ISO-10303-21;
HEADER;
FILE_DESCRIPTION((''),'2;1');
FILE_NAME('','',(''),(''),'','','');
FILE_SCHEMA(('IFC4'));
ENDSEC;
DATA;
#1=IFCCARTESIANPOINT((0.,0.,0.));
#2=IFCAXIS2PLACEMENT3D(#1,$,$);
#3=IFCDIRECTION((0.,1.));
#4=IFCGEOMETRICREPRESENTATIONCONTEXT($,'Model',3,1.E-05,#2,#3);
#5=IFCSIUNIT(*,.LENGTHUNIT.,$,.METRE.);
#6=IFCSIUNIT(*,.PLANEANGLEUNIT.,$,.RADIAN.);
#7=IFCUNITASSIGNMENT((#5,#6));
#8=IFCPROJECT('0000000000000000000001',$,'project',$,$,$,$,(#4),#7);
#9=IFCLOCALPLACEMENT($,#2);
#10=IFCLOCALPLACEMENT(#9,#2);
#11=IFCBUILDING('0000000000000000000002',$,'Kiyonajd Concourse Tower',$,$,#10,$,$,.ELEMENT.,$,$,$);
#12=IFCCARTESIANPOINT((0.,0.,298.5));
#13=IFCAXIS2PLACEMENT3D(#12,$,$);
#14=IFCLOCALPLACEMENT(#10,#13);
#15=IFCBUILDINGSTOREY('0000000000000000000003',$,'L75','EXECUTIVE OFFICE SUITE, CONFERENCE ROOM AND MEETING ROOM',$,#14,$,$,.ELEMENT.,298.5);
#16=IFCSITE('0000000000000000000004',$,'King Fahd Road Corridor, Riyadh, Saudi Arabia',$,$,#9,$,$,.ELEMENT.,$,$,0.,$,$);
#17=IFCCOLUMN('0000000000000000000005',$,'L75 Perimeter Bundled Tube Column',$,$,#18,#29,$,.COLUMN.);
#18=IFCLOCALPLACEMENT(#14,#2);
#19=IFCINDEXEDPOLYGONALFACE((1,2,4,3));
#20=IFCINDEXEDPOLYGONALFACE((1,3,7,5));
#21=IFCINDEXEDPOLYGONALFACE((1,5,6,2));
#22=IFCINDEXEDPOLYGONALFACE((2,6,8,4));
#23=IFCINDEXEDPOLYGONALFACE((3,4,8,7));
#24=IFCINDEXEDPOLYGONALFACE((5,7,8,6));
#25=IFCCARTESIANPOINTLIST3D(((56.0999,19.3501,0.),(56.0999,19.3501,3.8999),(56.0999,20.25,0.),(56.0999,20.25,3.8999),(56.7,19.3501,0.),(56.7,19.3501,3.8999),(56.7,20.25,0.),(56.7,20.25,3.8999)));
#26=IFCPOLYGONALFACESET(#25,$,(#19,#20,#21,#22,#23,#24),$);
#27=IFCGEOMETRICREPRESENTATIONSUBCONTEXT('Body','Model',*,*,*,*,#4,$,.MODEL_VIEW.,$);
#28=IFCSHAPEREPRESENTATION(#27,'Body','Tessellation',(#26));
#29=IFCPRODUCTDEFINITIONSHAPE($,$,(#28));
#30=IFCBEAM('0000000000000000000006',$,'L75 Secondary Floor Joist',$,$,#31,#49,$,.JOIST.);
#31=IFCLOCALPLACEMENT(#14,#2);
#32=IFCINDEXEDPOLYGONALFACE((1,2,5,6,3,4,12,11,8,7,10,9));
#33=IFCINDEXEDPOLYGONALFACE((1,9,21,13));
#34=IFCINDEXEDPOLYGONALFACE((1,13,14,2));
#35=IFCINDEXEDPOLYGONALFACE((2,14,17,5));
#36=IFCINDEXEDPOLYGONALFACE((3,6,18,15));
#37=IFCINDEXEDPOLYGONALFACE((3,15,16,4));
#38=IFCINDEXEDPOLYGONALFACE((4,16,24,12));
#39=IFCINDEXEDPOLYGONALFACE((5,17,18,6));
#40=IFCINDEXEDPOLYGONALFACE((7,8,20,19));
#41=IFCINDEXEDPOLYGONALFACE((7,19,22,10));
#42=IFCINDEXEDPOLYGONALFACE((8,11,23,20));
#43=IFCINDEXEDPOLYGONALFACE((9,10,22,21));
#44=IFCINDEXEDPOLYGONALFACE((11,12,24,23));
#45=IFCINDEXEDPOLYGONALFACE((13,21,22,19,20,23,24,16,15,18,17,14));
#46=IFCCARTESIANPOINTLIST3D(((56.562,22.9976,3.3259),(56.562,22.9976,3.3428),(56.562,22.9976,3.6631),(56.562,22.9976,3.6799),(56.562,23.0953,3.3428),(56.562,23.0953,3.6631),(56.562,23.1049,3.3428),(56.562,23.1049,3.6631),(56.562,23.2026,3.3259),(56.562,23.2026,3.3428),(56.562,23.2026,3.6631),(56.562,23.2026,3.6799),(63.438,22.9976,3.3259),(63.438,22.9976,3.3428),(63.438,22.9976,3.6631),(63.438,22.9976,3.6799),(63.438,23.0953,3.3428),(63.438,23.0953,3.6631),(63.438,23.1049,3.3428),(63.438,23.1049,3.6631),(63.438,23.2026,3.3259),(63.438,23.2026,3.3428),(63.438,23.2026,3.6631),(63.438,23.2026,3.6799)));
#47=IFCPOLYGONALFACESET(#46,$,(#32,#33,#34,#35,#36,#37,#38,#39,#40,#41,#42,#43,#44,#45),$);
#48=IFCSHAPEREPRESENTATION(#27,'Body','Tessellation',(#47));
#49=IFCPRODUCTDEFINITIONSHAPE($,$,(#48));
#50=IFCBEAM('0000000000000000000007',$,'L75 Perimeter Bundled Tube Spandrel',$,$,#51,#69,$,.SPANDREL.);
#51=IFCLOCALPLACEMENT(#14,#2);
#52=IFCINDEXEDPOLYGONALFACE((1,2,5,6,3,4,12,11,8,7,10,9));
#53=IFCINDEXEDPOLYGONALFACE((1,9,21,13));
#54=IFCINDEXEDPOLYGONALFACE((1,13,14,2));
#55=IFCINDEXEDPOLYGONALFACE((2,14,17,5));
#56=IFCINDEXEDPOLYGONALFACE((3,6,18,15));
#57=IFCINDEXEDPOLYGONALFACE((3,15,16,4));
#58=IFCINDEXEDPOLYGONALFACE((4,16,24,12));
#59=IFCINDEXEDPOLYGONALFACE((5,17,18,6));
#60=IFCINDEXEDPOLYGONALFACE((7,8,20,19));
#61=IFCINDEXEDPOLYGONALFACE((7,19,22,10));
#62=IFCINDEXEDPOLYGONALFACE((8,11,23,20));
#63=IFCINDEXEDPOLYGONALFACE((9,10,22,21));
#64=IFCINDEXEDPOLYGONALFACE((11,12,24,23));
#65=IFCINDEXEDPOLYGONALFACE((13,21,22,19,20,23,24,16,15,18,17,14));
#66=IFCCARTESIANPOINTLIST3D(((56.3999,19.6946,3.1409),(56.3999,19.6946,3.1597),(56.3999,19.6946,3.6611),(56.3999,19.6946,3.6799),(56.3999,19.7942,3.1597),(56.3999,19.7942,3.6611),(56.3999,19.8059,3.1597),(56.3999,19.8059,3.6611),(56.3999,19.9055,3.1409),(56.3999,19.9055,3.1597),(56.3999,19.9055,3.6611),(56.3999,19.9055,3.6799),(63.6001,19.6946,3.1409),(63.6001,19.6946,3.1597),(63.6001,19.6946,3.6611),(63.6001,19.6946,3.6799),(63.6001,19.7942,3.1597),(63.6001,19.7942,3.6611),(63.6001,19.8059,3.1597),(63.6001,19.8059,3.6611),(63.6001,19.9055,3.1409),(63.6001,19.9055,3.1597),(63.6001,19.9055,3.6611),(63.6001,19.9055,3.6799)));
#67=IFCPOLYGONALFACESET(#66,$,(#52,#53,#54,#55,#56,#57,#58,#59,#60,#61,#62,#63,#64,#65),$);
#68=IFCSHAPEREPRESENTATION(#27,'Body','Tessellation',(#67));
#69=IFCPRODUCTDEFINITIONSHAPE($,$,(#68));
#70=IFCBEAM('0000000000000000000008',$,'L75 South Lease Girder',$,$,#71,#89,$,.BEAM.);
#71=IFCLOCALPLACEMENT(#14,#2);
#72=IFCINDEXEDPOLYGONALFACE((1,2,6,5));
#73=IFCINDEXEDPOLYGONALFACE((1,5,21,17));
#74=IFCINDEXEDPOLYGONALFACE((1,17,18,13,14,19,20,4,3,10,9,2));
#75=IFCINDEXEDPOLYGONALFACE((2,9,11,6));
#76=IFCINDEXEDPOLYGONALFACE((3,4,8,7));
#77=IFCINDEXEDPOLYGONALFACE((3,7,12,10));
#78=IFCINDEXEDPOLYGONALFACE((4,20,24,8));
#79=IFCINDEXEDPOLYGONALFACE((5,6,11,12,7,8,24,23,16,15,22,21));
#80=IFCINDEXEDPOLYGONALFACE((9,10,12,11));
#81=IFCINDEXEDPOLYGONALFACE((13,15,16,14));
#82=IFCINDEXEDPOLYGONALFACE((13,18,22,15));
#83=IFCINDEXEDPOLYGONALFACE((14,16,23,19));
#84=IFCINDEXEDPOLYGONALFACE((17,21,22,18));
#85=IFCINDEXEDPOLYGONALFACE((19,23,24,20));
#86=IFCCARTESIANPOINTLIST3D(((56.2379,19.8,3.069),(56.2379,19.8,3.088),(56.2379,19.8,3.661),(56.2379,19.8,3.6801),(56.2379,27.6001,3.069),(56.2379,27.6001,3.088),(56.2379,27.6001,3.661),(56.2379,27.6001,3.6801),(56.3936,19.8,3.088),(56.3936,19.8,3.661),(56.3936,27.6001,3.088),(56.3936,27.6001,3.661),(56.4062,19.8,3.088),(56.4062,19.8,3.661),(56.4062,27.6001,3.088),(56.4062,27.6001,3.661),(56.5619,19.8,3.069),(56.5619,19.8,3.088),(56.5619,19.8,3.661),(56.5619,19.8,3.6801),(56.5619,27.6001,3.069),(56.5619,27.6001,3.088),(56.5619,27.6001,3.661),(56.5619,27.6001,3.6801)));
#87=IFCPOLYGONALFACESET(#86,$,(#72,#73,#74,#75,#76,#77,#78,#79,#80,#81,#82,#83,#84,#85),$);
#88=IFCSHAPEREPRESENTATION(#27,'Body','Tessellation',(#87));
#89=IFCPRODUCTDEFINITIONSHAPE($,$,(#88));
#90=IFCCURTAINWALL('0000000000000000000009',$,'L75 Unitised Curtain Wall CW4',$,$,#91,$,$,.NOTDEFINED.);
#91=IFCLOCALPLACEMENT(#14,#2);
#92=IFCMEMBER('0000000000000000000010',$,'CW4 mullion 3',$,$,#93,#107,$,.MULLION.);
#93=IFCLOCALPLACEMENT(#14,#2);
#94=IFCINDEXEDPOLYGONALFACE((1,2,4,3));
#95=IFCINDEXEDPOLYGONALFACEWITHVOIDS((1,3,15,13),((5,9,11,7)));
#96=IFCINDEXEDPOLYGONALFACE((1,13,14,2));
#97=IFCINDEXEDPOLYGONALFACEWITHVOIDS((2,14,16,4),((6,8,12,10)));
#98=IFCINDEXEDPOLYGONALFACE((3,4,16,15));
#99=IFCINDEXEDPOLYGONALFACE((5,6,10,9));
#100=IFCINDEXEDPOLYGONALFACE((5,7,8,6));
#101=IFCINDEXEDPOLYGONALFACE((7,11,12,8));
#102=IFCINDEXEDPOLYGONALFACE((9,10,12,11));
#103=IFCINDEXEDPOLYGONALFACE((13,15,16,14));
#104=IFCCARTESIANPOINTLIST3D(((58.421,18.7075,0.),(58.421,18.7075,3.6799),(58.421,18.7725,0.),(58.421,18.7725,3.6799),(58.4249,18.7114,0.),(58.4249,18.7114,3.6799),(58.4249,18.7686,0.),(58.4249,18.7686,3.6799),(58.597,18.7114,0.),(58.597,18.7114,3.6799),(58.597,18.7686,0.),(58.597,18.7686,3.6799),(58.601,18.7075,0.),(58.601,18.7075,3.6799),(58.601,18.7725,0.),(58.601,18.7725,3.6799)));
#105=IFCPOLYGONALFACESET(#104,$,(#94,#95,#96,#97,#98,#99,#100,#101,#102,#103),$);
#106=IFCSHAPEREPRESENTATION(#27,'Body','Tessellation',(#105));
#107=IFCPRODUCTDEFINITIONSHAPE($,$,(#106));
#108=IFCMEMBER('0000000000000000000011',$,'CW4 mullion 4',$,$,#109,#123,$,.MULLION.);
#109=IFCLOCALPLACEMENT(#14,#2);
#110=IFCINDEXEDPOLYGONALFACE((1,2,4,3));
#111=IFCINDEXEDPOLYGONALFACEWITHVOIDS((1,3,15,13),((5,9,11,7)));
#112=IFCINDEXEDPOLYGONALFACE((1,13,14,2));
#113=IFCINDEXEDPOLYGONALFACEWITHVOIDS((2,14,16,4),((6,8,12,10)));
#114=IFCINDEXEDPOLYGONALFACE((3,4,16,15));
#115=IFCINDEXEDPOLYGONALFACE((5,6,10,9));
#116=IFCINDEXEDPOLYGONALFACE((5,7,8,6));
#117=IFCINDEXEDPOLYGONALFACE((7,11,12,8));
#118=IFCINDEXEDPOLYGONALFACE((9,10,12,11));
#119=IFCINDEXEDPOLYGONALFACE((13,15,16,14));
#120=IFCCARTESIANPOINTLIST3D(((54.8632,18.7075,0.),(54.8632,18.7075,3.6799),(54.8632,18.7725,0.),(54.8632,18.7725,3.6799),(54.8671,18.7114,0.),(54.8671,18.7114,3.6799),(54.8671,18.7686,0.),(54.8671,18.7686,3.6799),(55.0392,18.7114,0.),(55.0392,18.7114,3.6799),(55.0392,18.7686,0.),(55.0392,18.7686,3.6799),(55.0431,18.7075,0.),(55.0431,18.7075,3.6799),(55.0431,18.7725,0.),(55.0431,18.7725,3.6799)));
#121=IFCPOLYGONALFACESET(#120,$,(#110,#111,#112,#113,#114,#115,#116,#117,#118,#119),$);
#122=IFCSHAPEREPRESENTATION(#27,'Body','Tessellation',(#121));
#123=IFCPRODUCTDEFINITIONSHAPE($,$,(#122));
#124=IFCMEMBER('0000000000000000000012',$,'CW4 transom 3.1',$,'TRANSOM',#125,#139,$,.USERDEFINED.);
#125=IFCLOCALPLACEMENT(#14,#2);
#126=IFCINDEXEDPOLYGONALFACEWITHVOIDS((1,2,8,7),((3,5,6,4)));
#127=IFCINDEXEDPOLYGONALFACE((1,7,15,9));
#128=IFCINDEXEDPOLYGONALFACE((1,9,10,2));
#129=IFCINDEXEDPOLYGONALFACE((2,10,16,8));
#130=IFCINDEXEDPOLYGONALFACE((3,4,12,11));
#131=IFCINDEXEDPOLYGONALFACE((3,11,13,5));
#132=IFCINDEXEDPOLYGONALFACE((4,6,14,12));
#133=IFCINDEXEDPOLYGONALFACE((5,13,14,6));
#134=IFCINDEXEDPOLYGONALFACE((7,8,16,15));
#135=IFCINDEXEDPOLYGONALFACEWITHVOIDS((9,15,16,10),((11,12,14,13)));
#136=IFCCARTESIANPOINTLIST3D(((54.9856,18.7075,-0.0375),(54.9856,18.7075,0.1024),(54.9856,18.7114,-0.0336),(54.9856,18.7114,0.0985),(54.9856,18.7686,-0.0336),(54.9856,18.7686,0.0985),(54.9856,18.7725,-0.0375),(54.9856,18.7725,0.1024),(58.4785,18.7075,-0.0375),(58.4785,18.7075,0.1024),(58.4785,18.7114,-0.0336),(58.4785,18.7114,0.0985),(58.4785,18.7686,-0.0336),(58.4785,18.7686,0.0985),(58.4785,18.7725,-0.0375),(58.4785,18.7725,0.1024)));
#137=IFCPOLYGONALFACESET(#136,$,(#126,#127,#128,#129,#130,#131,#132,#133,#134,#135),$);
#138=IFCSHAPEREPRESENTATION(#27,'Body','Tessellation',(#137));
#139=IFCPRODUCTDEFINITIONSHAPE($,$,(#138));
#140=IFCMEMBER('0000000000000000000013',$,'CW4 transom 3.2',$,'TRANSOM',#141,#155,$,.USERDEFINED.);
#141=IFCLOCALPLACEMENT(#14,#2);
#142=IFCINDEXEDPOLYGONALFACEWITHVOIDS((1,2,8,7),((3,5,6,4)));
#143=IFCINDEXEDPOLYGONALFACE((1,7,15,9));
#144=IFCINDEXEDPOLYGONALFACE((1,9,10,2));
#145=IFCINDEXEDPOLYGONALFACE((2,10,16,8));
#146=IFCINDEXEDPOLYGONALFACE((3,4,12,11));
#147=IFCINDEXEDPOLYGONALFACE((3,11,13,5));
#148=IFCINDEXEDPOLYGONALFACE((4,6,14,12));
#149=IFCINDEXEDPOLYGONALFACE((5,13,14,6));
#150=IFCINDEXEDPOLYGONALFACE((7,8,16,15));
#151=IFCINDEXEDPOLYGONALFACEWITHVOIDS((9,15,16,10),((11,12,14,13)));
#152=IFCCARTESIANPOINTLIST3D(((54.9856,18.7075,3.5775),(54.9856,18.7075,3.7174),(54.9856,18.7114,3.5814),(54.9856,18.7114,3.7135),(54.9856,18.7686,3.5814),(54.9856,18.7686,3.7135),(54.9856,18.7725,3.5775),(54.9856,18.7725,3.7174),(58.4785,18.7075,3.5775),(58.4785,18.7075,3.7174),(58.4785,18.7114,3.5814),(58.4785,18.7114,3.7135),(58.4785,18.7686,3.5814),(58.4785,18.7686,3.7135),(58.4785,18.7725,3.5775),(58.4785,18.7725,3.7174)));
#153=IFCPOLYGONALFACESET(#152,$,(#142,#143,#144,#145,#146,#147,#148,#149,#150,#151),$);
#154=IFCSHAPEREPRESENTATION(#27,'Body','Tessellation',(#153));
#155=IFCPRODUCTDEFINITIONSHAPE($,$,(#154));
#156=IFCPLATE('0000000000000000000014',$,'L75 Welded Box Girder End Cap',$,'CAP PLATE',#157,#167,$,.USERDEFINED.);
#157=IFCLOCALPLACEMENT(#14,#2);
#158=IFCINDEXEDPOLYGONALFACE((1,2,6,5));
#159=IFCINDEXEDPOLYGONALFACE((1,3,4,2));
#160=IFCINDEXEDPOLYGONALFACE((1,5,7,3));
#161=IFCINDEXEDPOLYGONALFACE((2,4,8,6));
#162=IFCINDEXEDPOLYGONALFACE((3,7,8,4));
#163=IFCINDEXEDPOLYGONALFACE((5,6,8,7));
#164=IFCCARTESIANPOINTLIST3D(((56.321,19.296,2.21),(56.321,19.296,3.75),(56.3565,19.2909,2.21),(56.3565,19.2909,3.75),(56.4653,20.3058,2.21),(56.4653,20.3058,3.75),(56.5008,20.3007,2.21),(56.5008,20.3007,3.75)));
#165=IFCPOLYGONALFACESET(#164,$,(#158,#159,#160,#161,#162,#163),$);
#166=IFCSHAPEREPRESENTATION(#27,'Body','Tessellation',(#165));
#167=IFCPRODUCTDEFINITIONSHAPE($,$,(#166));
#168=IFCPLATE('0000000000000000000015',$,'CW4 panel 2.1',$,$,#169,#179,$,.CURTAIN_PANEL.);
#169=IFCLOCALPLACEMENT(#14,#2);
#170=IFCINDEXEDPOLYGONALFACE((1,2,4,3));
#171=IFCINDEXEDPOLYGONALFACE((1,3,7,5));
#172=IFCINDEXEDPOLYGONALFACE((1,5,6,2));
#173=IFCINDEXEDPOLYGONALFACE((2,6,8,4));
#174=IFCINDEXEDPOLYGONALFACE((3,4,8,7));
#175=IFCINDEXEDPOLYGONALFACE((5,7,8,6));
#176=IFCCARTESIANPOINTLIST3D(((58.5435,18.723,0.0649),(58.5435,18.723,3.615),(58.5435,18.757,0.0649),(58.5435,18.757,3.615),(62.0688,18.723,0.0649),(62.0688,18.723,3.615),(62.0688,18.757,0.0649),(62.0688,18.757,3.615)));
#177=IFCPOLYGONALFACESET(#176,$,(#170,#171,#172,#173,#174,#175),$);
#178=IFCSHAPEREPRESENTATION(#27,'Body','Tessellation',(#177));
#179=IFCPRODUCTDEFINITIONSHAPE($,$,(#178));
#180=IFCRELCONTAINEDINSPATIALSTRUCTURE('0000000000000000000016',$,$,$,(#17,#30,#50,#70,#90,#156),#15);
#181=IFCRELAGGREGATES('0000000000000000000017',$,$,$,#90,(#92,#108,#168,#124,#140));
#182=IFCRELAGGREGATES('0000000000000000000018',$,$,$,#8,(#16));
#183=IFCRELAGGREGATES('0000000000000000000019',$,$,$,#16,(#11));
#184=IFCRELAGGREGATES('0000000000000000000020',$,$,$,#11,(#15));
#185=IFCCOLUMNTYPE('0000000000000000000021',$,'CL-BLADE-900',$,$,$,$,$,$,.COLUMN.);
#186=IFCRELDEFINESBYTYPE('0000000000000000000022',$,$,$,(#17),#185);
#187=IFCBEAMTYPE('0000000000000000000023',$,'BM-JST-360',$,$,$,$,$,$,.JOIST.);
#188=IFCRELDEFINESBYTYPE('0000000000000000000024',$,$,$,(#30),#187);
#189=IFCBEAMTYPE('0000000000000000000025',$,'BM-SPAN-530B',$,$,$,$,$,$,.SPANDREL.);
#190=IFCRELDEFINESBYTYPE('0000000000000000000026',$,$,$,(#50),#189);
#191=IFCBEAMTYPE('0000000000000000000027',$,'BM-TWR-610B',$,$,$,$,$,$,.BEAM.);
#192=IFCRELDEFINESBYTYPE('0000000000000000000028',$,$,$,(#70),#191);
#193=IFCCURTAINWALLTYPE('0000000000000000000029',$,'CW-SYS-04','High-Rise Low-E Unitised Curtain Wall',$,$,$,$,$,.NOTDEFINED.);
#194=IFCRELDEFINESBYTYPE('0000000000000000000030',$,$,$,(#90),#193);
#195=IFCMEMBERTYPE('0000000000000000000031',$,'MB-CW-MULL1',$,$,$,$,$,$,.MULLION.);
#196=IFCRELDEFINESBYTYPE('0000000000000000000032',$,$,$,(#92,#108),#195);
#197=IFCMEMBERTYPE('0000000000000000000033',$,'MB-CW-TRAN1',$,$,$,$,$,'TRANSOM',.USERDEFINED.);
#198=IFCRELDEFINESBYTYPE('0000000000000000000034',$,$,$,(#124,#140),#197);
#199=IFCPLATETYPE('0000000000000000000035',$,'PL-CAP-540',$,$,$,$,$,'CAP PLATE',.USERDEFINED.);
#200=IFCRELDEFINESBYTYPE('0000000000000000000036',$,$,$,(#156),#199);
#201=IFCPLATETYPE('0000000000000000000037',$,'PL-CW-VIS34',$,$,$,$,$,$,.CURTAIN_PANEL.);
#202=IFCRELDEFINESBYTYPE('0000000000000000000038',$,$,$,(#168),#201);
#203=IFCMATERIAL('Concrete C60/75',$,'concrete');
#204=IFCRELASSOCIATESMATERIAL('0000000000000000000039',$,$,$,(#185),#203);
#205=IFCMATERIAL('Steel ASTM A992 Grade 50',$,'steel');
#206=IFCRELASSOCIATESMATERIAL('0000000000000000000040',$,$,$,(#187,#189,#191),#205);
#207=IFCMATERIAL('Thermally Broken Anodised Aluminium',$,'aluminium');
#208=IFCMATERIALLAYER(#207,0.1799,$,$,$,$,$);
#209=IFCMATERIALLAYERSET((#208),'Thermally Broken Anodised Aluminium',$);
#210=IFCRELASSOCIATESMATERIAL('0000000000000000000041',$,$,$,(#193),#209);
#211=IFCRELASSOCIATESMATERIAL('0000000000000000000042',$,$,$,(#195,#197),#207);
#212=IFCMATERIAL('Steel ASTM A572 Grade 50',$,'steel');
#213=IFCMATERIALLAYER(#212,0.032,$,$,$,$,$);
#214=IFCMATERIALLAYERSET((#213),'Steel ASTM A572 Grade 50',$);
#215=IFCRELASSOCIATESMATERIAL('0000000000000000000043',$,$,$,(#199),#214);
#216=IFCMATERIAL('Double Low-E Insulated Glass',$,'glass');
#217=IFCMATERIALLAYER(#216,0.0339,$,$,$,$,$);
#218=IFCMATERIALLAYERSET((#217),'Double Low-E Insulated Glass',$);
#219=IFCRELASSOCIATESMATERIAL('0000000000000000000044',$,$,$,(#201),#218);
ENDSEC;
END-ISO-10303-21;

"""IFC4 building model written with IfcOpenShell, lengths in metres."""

from ifc_helpers import new_model, si_unit, direction, frame, origin, origin_2d, place, context, subcontext, project, spatial, rectangle, hollow_rectangle, i_section, extrude, material, layer, layer_set, material_profile, profile_set, type_object, element, aggregate, save


model = new_model("IFC4")

# Units and contexts
model_context = context("Model", 3, precision=1e-05, world=origin(), true_north=direction((0.0, 1.0)))
body_context = subcontext(model_context, "Body", "Model", "MODEL_VIEW")
ifc_project = project(units=[si_unit("LENGTHUNIT", "METRE"), si_unit("PLANEANGLEUNIT", "RADIAN")], contexts=[model_context])

# Site, building, storey
site_placement = place(None, origin())
site = spatial("IfcSite", under=ifc_project, at=site_placement, Name="King Fahd Road Corridor, Riyadh, Saudi Arabia", CompositionType="ELEMENT", RefElevation=0.0)
building_placement = place(site_placement, origin())
building = spatial("IfcBuilding", under=site, at=building_placement, Name="Kiyonajd Concourse Tower", CompositionType="ELEMENT")
storey_placement = place(building_placement, frame((0.0, 0.0, 298.5)))
storey = spatial("IfcBuildingStorey", under=building, at=storey_placement, Name="L75", Description="EXECUTIVE OFFICE SUITE, CONFERENCE ROOM AND MEETING ROOM", CompositionType="ELEMENT", Elevation=298.5)

# Column
ifc_material_1 = material(Name="Concrete C60/75", Category="concrete")
ifc_material_profile_1 = material_profile(ifc_material_1, rectangle(XDim=0.6001, YDim=0.8999, at=origin_2d()), Name="RC-900x600")
ifc_profile_set_1 = profile_set([ifc_material_profile_1], Name="Concrete C60/75")
column_type = type_object("IfcColumnType", Name="CL-BLADE-900", PredefinedType="COLUMN", material=ifc_profile_set_1)
column_placement = place(storey_placement, frame((56.3999, 19.8, 0.0), z_axis=(0.0, 0.0, 1.0), x_axis=(1.0, 0.0, 0.0)))
element("IfcColumn", 1, at=column_placement, inside=storey, type_object=column_type, Name="L75 Perimeter Bundled Tube Column", PredefinedType="COLUMN", context=body_context, shape_type="SweptSolid", body=[
    extrude(rectangle(XDim=0.6001, YDim=0.8999, at=origin_2d()), origin(), (0.0, 0.0, 1.0), 3.8999),
])

# Beams
ifc_material_2 = material(Name="Steel ASTM A992 Grade 50", Category="steel")
ifc_material_profile_2 = material_profile(ifc_material_2, i_section(OverallWidth=0.2051, OverallDepth=0.354, WebThickness=0.0095, FlangeThickness=0.0168, at=origin_2d()), Name="W360X79")
ifc_profile_set_2 = profile_set([ifc_material_profile_2], Name="Steel ASTM A992 Grade 50")
beam_type_1 = type_object("IfcBeamType", Name="BM-JST-360", PredefinedType="JOIST", material=ifc_profile_set_2)
beam_1_placement = place(storey_placement, frame((56.562, 23.1001, 3.5029), z_axis=(1.0, 0.0, 0.0), x_axis=(0.0, 1.0, 0.0)))
element("IfcBeam", 2, at=beam_1_placement, inside=storey, type_object=beam_type_1, Name="L75 Secondary Floor Joist", PredefinedType="JOIST", context=body_context, shape_type="SweptSolid", body=[
    extrude(i_section(OverallWidth=0.2051, OverallDepth=0.354, WebThickness=0.0095, FlangeThickness=0.0168, at=origin_2d()), origin(), (0.0, 0.0, 1.0), 6.876),
])
ifc_material_profile_3 = material_profile(ifc_material_2, i_section(OverallWidth=0.2109, OverallDepth=0.5391, WebThickness=0.0117, FlangeThickness=0.0188, at=origin_2d()), Name="W530X109")
ifc_profile_set_3 = profile_set([ifc_material_profile_3], Name="Steel ASTM A992 Grade 50")
beam_type_2 = type_object("IfcBeamType", Name="BM-SPAN-530B", PredefinedType="SPANDREL", material=ifc_profile_set_3)
beam_2_placement = place(storey_placement, frame((56.3999, 19.8, 3.4104), z_axis=(1.0, 0.0, 0.0), x_axis=(0.0, 1.0, 0.0)))
element("IfcBeam", 3, at=beam_2_placement, inside=storey, type_object=beam_type_2, Name="L75 Perimeter Bundled Tube Spandrel", PredefinedType="SPANDREL", context=body_context, shape_type="SweptSolid", body=[
    extrude(i_section(OverallWidth=0.2109, OverallDepth=0.5391, WebThickness=0.0117, FlangeThickness=0.0188, at=origin_2d()), origin(), (0.0, 0.0, 1.0), 7.2002),
])
ifc_material_profile_4 = material_profile(ifc_material_2, i_section(OverallWidth=0.324, OverallDepth=0.6111, WebThickness=0.0127, FlangeThickness=0.019, at=origin_2d()), Name="W610X155")
ifc_profile_set_4 = profile_set([ifc_material_profile_4], Name="Steel ASTM A992 Grade 50")
beam_type_3 = type_object("IfcBeamType", Name="BM-TWR-610B", PredefinedType="BEAM", material=ifc_profile_set_4)
beam_3_placement = place(storey_placement, frame((56.3999, 19.8, 3.3745), z_axis=(0.0, 1.0, 0.0), x_axis=(-1.0, 0.0, 0.0)))
element("IfcBeam", 4, at=beam_3_placement, inside=storey, type_object=beam_type_3, Name="L75 South Lease Girder", PredefinedType="BEAM", context=body_context, shape_type="SweptSolid", body=[
    extrude(i_section(OverallWidth=0.324, OverallDepth=0.6111, WebThickness=0.0127, FlangeThickness=0.019, at=origin_2d()), origin(), (0.0, 0.0, 1.0), 7.8),
])

# Curtain wall, members
ifc_material_3 = material(Name="Thermally Broken Anodised Aluminium", Category="aluminium")
ifc_layer_1 = layer(ifc_material_3, 0.1799)
ifc_layer_set_1 = layer_set([ifc_layer_1], Name="Thermally Broken Anodised Aluminium")
curtain_wall_type = type_object("IfcCurtainWallType", Name="CW-SYS-04", Description="High-Rise Low-E Unitised Curtain Wall", PredefinedType="NOTDEFINED", material=ifc_layer_set_1)
curtain_wall_placement = place(storey_placement, origin())
curtain_wall = element("IfcCurtainWall", 5, at=curtain_wall_placement, inside=storey, type_object=curtain_wall_type, Name="L75 Unitised Curtain Wall CW4", PredefinedType="NOTDEFINED")
ifc_material_profile_5 = material_profile(ifc_material_3, hollow_rectangle(XDim=0.0649, YDim=0.1799, WallThickness=0.0039, at=origin_2d()), Name="MULL-65x180")
ifc_profile_set_5 = profile_set([ifc_material_profile_5], Name="Thermally Broken Anodised Aluminium")
member_type_1 = type_object("IfcMemberType", Name="MB-CW-MULL1", PredefinedType="MULLION", material=ifc_profile_set_5)
member_1_placement = place(storey_placement, frame((58.511, 18.74, 0.0), z_axis=(0.0, 0.0, 1.0), x_axis=(0.0, -1.0, 0.0)))
member_1 = element("IfcMember", 6, at=member_1_placement, type_object=member_type_1, Name="CW4 mullion 3", PredefinedType="MULLION", context=body_context, shape_type="SweptSolid", body=[
    extrude(hollow_rectangle(XDim=0.0649, YDim=0.1799, WallThickness=0.0039, at=origin_2d()), origin(), (0.0, 0.0, 1.0), 3.6799),
])
member_2_placement = place(storey_placement, frame((54.9531, 18.74, 0.0), z_axis=(0.0, 0.0, 1.0), x_axis=(0.0, -1.0, 0.0)))
member_2 = element("IfcMember", 7, at=member_2_placement, type_object=member_type_1, Name="CW4 mullion 4", PredefinedType="MULLION", context=body_context, shape_type="SweptSolid", body=[
    extrude(hollow_rectangle(XDim=0.0649, YDim=0.1799, WallThickness=0.0039, at=origin_2d()), origin(), (0.0, 0.0, 1.0), 3.6799),
])
ifc_material_profile_6 = material_profile(ifc_material_3, hollow_rectangle(XDim=0.0649, YDim=0.1399, WallThickness=0.0039, at=origin_2d()), Name="TRAN-65x140")
ifc_profile_set_6 = profile_set([ifc_material_profile_6], Name="Thermally Broken Anodised Aluminium")
member_type_2 = type_object("IfcMemberType", Name="MB-CW-TRAN1", ElementType="TRANSOM", PredefinedType="USERDEFINED", material=ifc_profile_set_6)
member_3_placement = place(storey_placement, frame((58.4785, 18.74, 0.0325), z_axis=(-1.0, 0.0, 0.0), x_axis=(0.0, -1.0, 0.0)))
member_3 = element("IfcMember", 8, at=member_3_placement, type_object=member_type_2, Name="CW4 transom 3.1", ObjectType="TRANSOM", PredefinedType="USERDEFINED", context=body_context, shape_type="SweptSolid", body=[
    extrude(hollow_rectangle(XDim=0.0649, YDim=0.1399, WallThickness=0.0039, at=origin_2d()), origin(), (0.0, 0.0, 1.0), 3.4929),
])
member_4_placement = place(storey_placement, frame((58.4785, 18.74, 3.6475), z_axis=(-1.0, 0.0, 0.0), x_axis=(0.0, -1.0, 0.0)))
member_4 = element("IfcMember", 9, at=member_4_placement, type_object=member_type_2, Name="CW4 transom 3.2", ObjectType="TRANSOM", PredefinedType="USERDEFINED", context=body_context, shape_type="SweptSolid", body=[
    extrude(hollow_rectangle(XDim=0.0649, YDim=0.1399, WallThickness=0.0039, at=origin_2d()), origin(), (0.0, 0.0, 1.0), 3.4929),
])

# Plates
ifc_material_4 = material(Name="Steel ASTM A572 Grade 50", Category="steel")
ifc_layer_2 = layer(ifc_material_4, 0.032)
ifc_layer_set_2 = layer_set([ifc_layer_2], Name="Steel ASTM A572 Grade 50")
plate_type_1 = type_object("IfcPlateType", Name="PL-CAP-540", ElementType="CAP PLATE", PredefinedType="USERDEFINED", material=ifc_layer_set_2)
plate_1_placement = place(storey_placement, frame((56.4109, 19.7983, 2.21), z_axis=(0.0, 0.0, 1.0), x_axis=(0.98995, -0.14142, 0.0)))
element("IfcPlate", 10, at=plate_1_placement, inside=storey, type_object=plate_type_1, Name="L75 Welded Box Girder End Cap", ObjectType="CAP PLATE", PredefinedType="USERDEFINED", context=body_context, shape_type="SweptSolid", body=[
    extrude(rectangle(XDim=0.0359, YDim=1.02, at=origin_2d()), origin(), (0.0, 0.0, 1.0), 1.54),
])
ifc_material_5 = material(Name="Double Low-E Insulated Glass", Category="glass")
ifc_layer_3 = layer(ifc_material_5, 0.0339)
ifc_layer_set_3 = layer_set([ifc_layer_3], Name="Double Low-E Insulated Glass")
plate_type_2 = type_object("IfcPlateType", Name="PL-CW-VIS34", PredefinedType="CURTAIN_PANEL", material=ifc_layer_set_3)
plate_2_placement = place(storey_placement, frame((60.3062, 18.74, 0.0649), z_axis=(0.0, 0.0, 1.0), x_axis=(-1.0, 0.0, 0.0)))
plate_2 = element("IfcPlate", 11, at=plate_2_placement, type_object=plate_type_2, Name="CW4 panel 2.1", PredefinedType="CURTAIN_PANEL", context=body_context, shape_type="SweptSolid", body=[
    extrude(rectangle(XDim=3.5254, YDim=0.0339, at=origin_2d()), origin(), (0.0, 0.0, 1.0), 3.55),
])
aggregate(curtain_wall, [member_1, member_2, plate_2, member_3, member_4])

save(model, "model.ifc")
